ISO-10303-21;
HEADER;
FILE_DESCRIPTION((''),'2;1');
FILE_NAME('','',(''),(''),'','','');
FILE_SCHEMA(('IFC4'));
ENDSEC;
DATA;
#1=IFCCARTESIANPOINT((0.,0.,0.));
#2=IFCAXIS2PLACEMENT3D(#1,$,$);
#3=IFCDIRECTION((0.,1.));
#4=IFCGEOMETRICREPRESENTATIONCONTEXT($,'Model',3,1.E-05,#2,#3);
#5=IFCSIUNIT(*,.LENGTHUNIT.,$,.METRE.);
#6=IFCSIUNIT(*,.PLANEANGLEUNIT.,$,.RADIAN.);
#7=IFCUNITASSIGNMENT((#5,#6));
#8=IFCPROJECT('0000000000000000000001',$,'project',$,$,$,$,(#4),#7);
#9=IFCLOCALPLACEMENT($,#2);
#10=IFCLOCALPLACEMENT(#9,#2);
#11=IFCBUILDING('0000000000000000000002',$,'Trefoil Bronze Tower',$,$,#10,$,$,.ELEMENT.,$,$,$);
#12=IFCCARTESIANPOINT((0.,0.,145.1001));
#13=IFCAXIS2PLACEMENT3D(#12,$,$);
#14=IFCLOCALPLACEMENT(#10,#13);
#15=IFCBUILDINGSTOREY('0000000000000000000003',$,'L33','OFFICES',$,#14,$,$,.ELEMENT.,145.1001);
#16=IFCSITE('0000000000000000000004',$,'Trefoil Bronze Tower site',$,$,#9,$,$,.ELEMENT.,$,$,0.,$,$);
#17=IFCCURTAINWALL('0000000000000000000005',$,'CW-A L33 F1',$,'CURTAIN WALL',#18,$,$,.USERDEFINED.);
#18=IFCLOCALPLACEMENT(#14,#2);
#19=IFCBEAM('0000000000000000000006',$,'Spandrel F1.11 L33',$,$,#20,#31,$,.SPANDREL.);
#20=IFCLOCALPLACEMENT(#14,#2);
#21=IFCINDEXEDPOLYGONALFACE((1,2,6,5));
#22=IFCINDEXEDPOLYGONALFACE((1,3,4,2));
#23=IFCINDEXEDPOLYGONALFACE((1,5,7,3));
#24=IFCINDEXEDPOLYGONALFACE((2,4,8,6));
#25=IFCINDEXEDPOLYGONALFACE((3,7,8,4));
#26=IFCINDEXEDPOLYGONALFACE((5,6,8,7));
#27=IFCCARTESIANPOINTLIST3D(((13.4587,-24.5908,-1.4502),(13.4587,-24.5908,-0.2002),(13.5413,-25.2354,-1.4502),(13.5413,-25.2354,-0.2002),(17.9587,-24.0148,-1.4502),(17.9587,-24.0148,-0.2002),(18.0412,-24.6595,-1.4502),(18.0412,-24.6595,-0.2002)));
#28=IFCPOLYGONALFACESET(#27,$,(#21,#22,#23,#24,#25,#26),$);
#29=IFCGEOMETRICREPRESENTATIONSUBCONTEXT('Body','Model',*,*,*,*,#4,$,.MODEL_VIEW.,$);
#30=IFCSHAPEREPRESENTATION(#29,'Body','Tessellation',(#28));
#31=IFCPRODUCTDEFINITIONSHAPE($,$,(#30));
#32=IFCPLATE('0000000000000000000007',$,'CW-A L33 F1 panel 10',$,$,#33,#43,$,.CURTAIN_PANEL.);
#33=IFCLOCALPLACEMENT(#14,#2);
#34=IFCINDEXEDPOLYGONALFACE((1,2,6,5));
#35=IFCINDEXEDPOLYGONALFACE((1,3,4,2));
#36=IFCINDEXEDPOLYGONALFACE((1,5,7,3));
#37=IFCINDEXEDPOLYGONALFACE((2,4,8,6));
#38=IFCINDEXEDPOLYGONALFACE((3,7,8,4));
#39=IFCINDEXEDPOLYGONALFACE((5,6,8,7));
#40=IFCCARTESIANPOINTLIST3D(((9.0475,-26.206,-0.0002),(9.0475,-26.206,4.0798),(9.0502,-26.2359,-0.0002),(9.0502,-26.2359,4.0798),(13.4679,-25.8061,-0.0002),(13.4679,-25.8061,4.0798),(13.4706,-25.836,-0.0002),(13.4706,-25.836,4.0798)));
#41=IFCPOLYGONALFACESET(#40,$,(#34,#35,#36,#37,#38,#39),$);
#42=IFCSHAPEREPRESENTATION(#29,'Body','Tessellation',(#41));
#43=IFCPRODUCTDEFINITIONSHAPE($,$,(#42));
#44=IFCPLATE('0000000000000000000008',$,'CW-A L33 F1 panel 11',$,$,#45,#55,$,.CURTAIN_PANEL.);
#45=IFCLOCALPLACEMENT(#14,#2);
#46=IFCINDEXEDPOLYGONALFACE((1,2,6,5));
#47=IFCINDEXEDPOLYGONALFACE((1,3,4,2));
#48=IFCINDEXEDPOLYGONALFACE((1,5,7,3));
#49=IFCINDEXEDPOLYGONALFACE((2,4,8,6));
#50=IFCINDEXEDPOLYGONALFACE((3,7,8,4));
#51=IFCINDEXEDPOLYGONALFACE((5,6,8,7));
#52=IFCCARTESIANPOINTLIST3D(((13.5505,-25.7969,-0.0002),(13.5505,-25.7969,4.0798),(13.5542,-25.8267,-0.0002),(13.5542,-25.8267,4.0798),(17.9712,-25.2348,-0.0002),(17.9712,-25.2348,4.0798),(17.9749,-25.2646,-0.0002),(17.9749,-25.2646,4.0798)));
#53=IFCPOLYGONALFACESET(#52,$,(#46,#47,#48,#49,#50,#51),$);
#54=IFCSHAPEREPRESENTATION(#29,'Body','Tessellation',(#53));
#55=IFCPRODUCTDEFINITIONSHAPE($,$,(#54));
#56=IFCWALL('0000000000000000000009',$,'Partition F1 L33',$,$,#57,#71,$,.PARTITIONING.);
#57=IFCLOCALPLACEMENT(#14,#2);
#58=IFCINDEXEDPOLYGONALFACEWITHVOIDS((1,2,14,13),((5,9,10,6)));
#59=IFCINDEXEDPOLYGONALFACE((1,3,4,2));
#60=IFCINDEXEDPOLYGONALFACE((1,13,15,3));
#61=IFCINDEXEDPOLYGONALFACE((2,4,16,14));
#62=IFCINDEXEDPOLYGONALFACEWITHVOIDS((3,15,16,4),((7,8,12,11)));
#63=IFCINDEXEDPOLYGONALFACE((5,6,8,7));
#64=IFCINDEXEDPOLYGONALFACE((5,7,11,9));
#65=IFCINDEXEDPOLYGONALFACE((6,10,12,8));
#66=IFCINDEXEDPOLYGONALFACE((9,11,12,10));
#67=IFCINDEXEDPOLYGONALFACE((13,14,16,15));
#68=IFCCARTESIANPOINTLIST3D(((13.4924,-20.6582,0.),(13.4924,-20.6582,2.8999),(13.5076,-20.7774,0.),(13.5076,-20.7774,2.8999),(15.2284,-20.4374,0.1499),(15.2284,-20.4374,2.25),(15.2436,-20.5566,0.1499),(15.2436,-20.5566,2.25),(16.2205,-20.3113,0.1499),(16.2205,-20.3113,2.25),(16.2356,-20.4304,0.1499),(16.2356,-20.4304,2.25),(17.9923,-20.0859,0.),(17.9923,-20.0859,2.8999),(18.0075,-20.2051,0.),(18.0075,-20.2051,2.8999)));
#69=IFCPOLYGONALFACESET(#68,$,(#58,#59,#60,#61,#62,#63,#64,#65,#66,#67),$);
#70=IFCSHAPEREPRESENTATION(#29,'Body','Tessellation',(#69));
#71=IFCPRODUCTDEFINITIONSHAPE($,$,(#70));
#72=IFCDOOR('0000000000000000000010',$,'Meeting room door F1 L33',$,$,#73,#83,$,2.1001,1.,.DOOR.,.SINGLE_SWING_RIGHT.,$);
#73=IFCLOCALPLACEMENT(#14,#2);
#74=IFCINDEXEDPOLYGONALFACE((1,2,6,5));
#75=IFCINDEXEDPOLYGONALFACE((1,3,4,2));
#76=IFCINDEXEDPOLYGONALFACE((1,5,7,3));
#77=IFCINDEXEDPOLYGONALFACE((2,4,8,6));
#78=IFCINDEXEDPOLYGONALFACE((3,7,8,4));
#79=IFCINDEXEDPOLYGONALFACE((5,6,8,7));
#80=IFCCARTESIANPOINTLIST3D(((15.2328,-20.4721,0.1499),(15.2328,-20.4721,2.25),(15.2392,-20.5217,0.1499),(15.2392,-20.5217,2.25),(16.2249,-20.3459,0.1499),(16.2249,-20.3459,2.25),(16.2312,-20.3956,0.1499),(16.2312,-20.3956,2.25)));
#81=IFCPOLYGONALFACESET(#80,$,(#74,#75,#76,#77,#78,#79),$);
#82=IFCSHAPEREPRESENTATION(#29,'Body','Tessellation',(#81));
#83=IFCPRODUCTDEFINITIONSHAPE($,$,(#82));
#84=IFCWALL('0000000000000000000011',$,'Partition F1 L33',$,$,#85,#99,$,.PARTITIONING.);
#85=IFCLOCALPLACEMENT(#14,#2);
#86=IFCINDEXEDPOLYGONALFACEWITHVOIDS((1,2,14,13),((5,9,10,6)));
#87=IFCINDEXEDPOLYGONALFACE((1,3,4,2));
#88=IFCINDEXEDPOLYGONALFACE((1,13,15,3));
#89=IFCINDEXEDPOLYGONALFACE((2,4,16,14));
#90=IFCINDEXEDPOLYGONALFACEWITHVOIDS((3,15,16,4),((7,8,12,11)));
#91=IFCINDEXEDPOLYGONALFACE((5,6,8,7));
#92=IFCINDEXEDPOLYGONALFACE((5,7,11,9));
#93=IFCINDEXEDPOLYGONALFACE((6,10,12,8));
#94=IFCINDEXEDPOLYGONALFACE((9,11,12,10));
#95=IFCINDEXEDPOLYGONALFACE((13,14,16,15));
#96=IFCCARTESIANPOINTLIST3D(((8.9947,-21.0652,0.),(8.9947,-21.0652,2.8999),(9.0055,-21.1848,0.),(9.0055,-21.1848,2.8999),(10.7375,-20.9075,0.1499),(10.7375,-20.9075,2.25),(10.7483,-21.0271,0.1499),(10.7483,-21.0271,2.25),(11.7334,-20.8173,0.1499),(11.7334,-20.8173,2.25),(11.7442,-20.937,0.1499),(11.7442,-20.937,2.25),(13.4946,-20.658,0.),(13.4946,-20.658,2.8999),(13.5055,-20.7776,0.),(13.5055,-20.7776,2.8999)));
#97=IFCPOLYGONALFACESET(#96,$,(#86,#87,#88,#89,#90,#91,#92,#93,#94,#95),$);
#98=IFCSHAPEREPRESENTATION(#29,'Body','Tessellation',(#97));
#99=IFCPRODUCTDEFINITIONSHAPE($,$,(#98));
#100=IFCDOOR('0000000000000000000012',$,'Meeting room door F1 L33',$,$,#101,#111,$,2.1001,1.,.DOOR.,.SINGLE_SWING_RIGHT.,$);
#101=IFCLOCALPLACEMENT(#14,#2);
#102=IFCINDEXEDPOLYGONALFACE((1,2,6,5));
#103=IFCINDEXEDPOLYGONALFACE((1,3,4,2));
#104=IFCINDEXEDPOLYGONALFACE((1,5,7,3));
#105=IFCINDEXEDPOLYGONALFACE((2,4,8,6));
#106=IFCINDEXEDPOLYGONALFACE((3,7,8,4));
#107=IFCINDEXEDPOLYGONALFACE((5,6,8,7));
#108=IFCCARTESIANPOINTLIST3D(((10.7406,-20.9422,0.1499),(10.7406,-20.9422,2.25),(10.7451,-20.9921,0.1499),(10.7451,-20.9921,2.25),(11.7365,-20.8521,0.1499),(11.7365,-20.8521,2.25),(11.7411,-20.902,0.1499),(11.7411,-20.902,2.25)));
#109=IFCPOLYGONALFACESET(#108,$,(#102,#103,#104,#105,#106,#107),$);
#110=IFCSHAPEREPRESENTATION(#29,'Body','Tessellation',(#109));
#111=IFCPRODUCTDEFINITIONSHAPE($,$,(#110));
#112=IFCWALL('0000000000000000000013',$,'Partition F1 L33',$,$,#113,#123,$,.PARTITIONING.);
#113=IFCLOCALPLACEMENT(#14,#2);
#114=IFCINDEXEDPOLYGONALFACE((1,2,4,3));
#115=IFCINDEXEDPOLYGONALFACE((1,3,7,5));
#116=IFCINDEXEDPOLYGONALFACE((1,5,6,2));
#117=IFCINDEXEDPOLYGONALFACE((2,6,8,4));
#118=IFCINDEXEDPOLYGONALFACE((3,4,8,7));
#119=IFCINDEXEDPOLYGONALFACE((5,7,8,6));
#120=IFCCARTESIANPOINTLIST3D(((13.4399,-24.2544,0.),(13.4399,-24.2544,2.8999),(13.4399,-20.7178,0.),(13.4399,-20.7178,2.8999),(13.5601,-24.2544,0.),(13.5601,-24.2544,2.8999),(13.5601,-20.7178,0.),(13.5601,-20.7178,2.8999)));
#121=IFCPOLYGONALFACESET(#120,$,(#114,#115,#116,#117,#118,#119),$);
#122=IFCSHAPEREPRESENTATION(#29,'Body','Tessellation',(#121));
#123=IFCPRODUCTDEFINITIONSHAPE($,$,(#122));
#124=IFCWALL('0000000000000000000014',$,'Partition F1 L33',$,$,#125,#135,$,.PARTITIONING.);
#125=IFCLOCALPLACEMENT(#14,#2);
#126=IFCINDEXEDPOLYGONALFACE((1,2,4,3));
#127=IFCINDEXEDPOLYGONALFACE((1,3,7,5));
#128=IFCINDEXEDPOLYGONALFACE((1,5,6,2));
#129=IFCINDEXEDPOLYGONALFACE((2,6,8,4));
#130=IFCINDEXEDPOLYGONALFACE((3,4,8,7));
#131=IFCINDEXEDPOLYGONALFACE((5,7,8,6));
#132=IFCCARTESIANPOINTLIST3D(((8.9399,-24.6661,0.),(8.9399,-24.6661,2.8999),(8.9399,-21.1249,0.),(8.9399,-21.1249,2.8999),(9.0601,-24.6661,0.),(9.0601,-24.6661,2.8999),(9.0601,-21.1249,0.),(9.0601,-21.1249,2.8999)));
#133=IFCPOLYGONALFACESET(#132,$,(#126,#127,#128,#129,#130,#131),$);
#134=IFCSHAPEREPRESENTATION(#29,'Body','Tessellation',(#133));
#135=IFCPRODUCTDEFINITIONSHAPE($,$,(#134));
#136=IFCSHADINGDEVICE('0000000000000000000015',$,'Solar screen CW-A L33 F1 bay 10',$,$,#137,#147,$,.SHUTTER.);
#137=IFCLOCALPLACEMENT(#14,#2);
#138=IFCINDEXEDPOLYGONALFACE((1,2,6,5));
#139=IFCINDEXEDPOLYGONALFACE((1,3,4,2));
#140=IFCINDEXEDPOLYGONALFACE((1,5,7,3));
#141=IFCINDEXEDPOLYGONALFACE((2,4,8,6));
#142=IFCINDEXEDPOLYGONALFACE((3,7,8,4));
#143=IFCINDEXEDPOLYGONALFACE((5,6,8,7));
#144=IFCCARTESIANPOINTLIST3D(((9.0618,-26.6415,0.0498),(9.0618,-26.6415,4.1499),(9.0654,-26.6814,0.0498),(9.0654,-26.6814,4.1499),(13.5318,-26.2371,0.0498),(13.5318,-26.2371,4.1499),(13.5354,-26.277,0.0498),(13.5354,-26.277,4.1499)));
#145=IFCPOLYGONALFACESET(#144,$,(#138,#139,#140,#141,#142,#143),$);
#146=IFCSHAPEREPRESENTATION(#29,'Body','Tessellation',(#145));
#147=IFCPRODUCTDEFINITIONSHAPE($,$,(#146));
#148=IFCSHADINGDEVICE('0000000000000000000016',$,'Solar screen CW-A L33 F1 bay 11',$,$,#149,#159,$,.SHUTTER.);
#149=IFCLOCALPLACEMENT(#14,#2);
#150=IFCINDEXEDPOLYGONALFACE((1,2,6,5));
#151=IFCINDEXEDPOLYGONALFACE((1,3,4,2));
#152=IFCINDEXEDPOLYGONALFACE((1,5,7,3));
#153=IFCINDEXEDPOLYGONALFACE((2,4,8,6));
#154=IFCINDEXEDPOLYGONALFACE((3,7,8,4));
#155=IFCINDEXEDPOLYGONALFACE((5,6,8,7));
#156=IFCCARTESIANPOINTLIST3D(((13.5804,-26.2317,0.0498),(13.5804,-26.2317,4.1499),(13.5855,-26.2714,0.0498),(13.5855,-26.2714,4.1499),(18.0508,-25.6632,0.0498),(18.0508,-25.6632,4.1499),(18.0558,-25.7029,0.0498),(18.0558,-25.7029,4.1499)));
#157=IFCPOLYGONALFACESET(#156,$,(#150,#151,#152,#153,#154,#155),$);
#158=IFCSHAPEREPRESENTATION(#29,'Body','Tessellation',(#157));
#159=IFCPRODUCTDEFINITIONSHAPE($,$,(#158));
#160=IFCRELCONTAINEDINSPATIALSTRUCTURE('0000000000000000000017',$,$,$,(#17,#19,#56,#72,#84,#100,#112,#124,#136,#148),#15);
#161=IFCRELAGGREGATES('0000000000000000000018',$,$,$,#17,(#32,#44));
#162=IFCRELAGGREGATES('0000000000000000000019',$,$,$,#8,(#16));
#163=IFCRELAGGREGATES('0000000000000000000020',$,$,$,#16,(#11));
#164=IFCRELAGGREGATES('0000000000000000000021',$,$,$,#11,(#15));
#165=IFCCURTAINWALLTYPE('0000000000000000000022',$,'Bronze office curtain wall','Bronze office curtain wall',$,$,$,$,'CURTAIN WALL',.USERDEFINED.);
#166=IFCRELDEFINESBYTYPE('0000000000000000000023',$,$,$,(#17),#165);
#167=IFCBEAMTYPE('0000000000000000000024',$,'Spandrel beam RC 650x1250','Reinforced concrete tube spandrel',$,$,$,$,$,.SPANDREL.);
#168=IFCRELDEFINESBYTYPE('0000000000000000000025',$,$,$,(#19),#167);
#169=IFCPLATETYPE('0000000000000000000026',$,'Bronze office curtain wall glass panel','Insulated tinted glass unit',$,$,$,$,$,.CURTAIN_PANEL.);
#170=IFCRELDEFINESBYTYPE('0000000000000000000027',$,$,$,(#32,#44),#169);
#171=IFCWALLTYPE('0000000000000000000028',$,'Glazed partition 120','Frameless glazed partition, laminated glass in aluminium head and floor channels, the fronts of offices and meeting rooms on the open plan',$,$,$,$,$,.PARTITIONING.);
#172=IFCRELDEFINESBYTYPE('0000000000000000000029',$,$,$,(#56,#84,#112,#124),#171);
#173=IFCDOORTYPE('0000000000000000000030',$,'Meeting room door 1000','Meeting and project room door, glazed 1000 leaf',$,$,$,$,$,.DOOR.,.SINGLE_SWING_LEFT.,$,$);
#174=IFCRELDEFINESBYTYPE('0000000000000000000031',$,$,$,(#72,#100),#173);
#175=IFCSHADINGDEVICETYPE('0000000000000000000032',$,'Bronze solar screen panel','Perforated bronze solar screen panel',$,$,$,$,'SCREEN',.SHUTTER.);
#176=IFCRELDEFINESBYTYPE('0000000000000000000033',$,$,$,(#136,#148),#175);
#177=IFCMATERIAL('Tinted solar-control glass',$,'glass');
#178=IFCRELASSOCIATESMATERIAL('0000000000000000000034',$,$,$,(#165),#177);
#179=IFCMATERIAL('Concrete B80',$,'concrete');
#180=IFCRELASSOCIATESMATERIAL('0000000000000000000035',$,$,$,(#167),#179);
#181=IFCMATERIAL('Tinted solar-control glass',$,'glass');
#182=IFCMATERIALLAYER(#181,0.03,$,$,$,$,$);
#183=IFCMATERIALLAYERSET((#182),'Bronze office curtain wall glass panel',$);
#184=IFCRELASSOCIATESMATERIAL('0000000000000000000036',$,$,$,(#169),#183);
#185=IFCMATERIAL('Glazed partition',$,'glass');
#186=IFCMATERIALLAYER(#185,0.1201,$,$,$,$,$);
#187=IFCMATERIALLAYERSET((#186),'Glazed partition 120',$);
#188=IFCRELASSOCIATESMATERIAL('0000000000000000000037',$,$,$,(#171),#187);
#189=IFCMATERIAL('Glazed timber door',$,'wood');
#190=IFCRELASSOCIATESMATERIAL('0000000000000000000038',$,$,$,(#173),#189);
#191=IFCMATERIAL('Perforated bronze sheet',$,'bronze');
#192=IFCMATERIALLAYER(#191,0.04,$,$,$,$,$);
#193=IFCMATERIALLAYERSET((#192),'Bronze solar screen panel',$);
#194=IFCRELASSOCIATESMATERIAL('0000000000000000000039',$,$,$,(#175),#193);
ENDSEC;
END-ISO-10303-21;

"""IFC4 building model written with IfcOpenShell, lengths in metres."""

from ifc_helpers import new_model, si_unit, direction, frame, frame_2d, origin, origin_2d, place, context, subcontext, project, spatial, rectangle, extrude, material, layer, layer_set, material_profile, profile_set, type_object, element, fill, aggregate, save


model = new_model("IFC4")

# Units and contexts
model_context = context("Model", 3, precision=1e-05, world=origin(), true_north=direction((0.0, 1.0)))
body_context = subcontext(model_context, "Body", "Model", "MODEL_VIEW")
ifc_project = project(units=[si_unit("LENGTHUNIT", "METRE"), si_unit("PLANEANGLEUNIT", "RADIAN")], contexts=[model_context])

# Site, building, storey
site_placement = place(None, origin())
site = spatial("IfcSite", under=ifc_project, at=site_placement, Name="Trefoil Bronze Tower site", CompositionType="ELEMENT", RefElevation=0.0)
building_placement = place(site_placement, origin())
building = spatial("IfcBuilding", under=site, at=building_placement, Name="Trefoil Bronze Tower", CompositionType="ELEMENT")
storey_placement = place(building_placement, frame((0.0, 0.0, 145.1001)))
storey = spatial("IfcBuildingStorey", under=building, at=storey_placement, Name="L33", Description="OFFICES", CompositionType="ELEMENT", Elevation=145.1001)

# Curtain wall
ifc_material_1 = material(Name="Tinted solar-control glass", Category="glass")
curtain_wall_type = type_object("IfcCurtainWallType", Name="Bronze office curtain wall", Description="Bronze office curtain wall", ElementType="CURTAIN WALL", PredefinedType="USERDEFINED", material=ifc_material_1)
curtain_wall_placement = place(storey_placement, origin())
curtain_wall = element("IfcCurtainWall", 1, at=curtain_wall_placement, inside=storey, type_object=curtain_wall_type, Name="CW-A L33 F1", ObjectType="CURTAIN WALL", PredefinedType="USERDEFINED")

# Beam
ifc_material_2 = material(Name="Concrete B80", Category="concrete")
ifc_material_profile_1 = material_profile(ifc_material_2, rectangle(XDim=0.6499, YDim=1.25, at=origin_2d()), Name="RC 650x1250")
ifc_profile_set_1 = profile_set([ifc_material_profile_1], Name="Concrete B80")
beam_type_1 = type_object("IfcBeamType", Name="Spandrel beam RC 650x1250", Description="Reinforced concrete tube spandrel", PredefinedType="SPANDREL", material=ifc_profile_set_1)
beam_1_placement = place(storey_placement, frame((13.5, -24.9131, -0.8252), z_axis=(0.991909, 0.126948, 0.0), x_axis=(-0.126948, 0.991909, 0.0)))
element("IfcBeam", 2, at=beam_1_placement, inside=storey, type_object=beam_type_1, Name="Spandrel F1.11 L33", PredefinedType="SPANDREL", context=body_context, shape_type="SweptSolid", body=[
    extrude(rectangle(XDim=0.6499, YDim=1.25, at=origin_2d()), origin(), (0.0, 0.0, 1.0), 4.5366),
])

# Plates
ifc_material_3 = material(Name="Tinted solar-control glass", Category="glass")
ifc_layer_1 = layer(ifc_material_3, 0.03)
ifc_layer_set_1 = layer_set([ifc_layer_1], Name="Bronze office curtain wall glass panel")
plate_type = type_object("IfcPlateType", Name="Bronze office curtain wall glass panel", Description="Insulated tinted glass unit", PredefinedType="CURTAIN_PANEL", material=ifc_layer_set_1)
plate_1_placement = place(storey_placement, frame((11.259, -26.021, -0.0002), z_axis=(0.0, 0.0, 1.0), x_axis=(0.995932, 0.090105, 0.0)))
plate_1 = element("IfcPlate", 3, at=plate_1_placement, type_object=plate_type, Name="CW-A L33 F1 panel 10", PredefinedType="CURTAIN_PANEL", context=body_context, shape_type="SweptSolid", body=[
    extrude(rectangle(XDim=4.4385, YDim=0.03, at=origin_2d()), origin(), (0.0, 0.0, 1.0), 4.0801),
])
plate_2_placement = place(storey_placement, frame((15.7627, -25.5308, -0.0002), z_axis=(0.0, 0.0, 1.0), x_axis=(0.992012, 0.126147, 0.0)))
plate_2 = element("IfcPlate", 4, at=plate_2_placement, type_object=plate_type, Name="CW-A L33 F1 panel 11", PredefinedType="CURTAIN_PANEL", context=body_context, shape_type="SweptSolid", body=[
    extrude(rectangle(XDim=4.4563, YDim=0.03, at=origin_2d()), origin(), (0.0, 0.0, 1.0), 4.0801),
])
aggregate(curtain_wall, [plate_1, plate_2])

# Walls, openings, doors
ifc_material_4 = material(Name="Glazed partition", Category="glass")
ifc_layer_2 = layer(ifc_material_4, 0.1201)
ifc_layer_set_2 = layer_set([ifc_layer_2], Name="Glazed partition 120")
wall_type = type_object("IfcWallType", Name="Glazed partition 120", Description="Frameless glazed partition, laminated glass in aluminium head and floor channels, the fronts of offices and meeting rooms on the open plan", PredefinedType="PARTITIONING", material=ifc_layer_set_2)
wall_1_placement = place(storey_placement, frame((13.5, -20.7178, 0.0), z_axis=(0.0, 0.0, 1.0), x_axis=(0.992011, 0.126154, 0.0)))
wall_1 = element("IfcWall", 5, at=wall_1_placement, inside=storey, type_object=wall_type, Name="Partition F1 L33", PredefinedType="PARTITIONING", context=body_context, shape_type="SweptSolid", body=[
    extrude(rectangle(XDim=4.5361, YDim=0.1201, at=frame_2d((2.2681, 0.0))), origin(), (0.0, 0.0, 1.0), 2.8999),
])
opening_1_placement = place(wall_1_placement, frame((1.75, 0.0, 0.1499)))
opening_1 = element("IfcOpeningElement", 6, at=opening_1_placement, cuts=wall_1, PredefinedType="OPENING", context=body_context, shape_type="SweptSolid", body=[
    extrude(rectangle(XDim=1.0, YDim=2.1001, at=frame_2d((0.5, 1.05))), frame((0.0, 0.0701, 0.0), z_axis=(0.0, -1.0, 0.0), x_axis=(1.0, 0.0, 0.0)), (0.0, 0.0, 1.0), 0.1401),
])
ifc_material_5 = material(Name="Glazed timber door", Category="wood")
door_type = type_object("IfcDoorType", Name="Meeting room door 1000", Description="Meeting and project room door, glazed 1000 leaf", OperationType="SINGLE_SWING_LEFT", PredefinedType="DOOR", material=ifc_material_5)
door_1_placement = place(opening_1_placement, frame((1.0, 0.0, 0.0), z_axis=(0.0, 0.0, 1.0), x_axis=(-1.0, 0.0, 0.0)))
door_1 = element("IfcDoor", 7, at=door_1_placement, inside=storey, type_object=door_type, Name="Meeting room door F1 L33", OperationType="SINGLE_SWING_RIGHT", OverallHeight=2.1001, OverallWidth=1.0, PredefinedType="DOOR", context=body_context, shape_type="SweptSolid", body=[
    extrude(rectangle(XDim=1.0, YDim=2.1001, at=frame_2d((0.5, 1.05))), frame((0.0, 0.0249, 0.0), z_axis=(0.0, -1.0, 0.0), x_axis=(1.0, 0.0, 0.0)), (0.0, 0.0, 1.0), 0.05),
])
fill(opening_1, door_1)
wall_2_placement = place(storey_placement, frame((9.0, -21.125, 0.0), z_axis=(0.0, 0.0, 1.0), x_axis=(0.99593, 0.090127, 0.0)))
wall_2 = element("IfcWall", 8, at=wall_2_placement, inside=storey, type_object=wall_type, Name="Partition F1 L33", PredefinedType="PARTITIONING", context=body_context, shape_type="SweptSolid", body=[
    extrude(rectangle(XDim=4.5183, YDim=0.1201, at=frame_2d((2.2593, 0.0))), origin(), (0.0, 0.0, 1.0), 2.8999),
])
opening_2_placement = place(wall_2_placement, frame((1.75, 0.0, 0.1499)))
opening_2 = element("IfcOpeningElement", 9, at=opening_2_placement, cuts=wall_2, PredefinedType="OPENING", context=body_context, shape_type="SweptSolid", body=[
    extrude(rectangle(XDim=1.0, YDim=2.1001, at=frame_2d((0.5, 1.05))), frame((0.0, 0.0701, 0.0), z_axis=(0.0, -1.0, 0.0), x_axis=(1.0, 0.0, 0.0)), (0.0, 0.0, 1.0), 0.1401),
])
door_2_placement = place(opening_2_placement, frame((1.0, 0.0, 0.0), z_axis=(0.0, 0.0, 1.0), x_axis=(-1.0, 0.0, 0.0)))
door_2 = element("IfcDoor", 10, at=door_2_placement, inside=storey, type_object=door_type, Name="Meeting room door F1 L33", OperationType="SINGLE_SWING_RIGHT", OverallHeight=2.1001, OverallWidth=1.0, PredefinedType="DOOR", context=body_context, shape_type="SweptSolid", body=[
    extrude(rectangle(XDim=1.0, YDim=2.1001, at=frame_2d((0.5, 1.05))), frame((0.0, 0.0249, 0.0), z_axis=(0.0, -1.0, 0.0), x_axis=(1.0, 0.0, 0.0)), (0.0, 0.0, 1.0), 0.05),
])
fill(opening_2, door_2)

# Walls
wall_3_placement = place(storey_placement, frame((13.5, -20.7178, 0.0), z_axis=(0.0, 0.0, 1.0), x_axis=(0.0, -1.0, 0.0)))
element("IfcWall", 11, at=wall_3_placement, inside=storey, type_object=wall_type, Name="Partition F1 L33", PredefinedType="PARTITIONING", context=body_context, shape_type="SweptSolid", body=[
    extrude(rectangle(XDim=3.5366, YDim=0.1201, at=frame_2d((1.7683, 0.0))), origin(), (0.0, 0.0, 1.0), 2.8999),
])
wall_4_placement = place(storey_placement, frame((9.0, -21.125, 0.0), z_axis=(0.0, 0.0, 1.0), x_axis=(0.0, -1.0, 0.0)))
element("IfcWall", 12, at=wall_4_placement, inside=storey, type_object=wall_type, Name="Partition F1 L33", PredefinedType="PARTITIONING", context=body_context, shape_type="SweptSolid", body=[
    extrude(rectangle(XDim=3.5413, YDim=0.1201, at=frame_2d((1.7705, 0.0))), origin(), (0.0, 0.0, 1.0), 2.8999),
])

# Shading devices
ifc_material_6 = material(Name="Perforated bronze sheet", Category="bronze")
ifc_layer_3 = layer(ifc_material_6, 0.04)
ifc_layer_set_3 = layer_set([ifc_layer_3], Name="Bronze solar screen panel")
shading_device_type = type_object("IfcShadingDeviceType", Name="Bronze solar screen panel", Description="Perforated bronze solar screen panel", ElementType="SCREEN", PredefinedType="SHUTTER", material=ifc_layer_set_3)
shading_device_1_placement = place(storey_placement, frame((11.2986, -26.4592, 0.0498), z_axis=(0.0, 0.0, 1.0), x_axis=(0.995932, 0.090105, 0.0)))
element("IfcShadingDevice", 13, at=shading_device_1_placement, inside=storey, type_object=shading_device_type, Name="Solar screen CW-A L33 F1 bay 10", PredefinedType="SHUTTER", context=body_context, shape_type="SweptSolid", body=[
    extrude(rectangle(XDim=4.4883, YDim=0.04, at=origin_2d()), origin(), (0.0, 0.0, 1.0), 4.1001),
])
shading_device_2_placement = place(storey_placement, frame((15.8181, -25.9673, 0.0498), z_axis=(0.0, 0.0, 1.0), x_axis=(0.992012, 0.126147, 0.0)))
element("IfcShadingDevice", 14, at=shading_device_2_placement, inside=storey, type_object=shading_device_type, Name="Solar screen CW-A L33 F1 bay 11", PredefinedType="SHUTTER", context=body_context, shape_type="SweptSolid", body=[
    extrude(rectangle(XDim=4.5063, YDim=0.04, at=origin_2d()), origin(), (0.0, 0.0, 1.0), 4.1001),
])

save(model, "model.ifc")
